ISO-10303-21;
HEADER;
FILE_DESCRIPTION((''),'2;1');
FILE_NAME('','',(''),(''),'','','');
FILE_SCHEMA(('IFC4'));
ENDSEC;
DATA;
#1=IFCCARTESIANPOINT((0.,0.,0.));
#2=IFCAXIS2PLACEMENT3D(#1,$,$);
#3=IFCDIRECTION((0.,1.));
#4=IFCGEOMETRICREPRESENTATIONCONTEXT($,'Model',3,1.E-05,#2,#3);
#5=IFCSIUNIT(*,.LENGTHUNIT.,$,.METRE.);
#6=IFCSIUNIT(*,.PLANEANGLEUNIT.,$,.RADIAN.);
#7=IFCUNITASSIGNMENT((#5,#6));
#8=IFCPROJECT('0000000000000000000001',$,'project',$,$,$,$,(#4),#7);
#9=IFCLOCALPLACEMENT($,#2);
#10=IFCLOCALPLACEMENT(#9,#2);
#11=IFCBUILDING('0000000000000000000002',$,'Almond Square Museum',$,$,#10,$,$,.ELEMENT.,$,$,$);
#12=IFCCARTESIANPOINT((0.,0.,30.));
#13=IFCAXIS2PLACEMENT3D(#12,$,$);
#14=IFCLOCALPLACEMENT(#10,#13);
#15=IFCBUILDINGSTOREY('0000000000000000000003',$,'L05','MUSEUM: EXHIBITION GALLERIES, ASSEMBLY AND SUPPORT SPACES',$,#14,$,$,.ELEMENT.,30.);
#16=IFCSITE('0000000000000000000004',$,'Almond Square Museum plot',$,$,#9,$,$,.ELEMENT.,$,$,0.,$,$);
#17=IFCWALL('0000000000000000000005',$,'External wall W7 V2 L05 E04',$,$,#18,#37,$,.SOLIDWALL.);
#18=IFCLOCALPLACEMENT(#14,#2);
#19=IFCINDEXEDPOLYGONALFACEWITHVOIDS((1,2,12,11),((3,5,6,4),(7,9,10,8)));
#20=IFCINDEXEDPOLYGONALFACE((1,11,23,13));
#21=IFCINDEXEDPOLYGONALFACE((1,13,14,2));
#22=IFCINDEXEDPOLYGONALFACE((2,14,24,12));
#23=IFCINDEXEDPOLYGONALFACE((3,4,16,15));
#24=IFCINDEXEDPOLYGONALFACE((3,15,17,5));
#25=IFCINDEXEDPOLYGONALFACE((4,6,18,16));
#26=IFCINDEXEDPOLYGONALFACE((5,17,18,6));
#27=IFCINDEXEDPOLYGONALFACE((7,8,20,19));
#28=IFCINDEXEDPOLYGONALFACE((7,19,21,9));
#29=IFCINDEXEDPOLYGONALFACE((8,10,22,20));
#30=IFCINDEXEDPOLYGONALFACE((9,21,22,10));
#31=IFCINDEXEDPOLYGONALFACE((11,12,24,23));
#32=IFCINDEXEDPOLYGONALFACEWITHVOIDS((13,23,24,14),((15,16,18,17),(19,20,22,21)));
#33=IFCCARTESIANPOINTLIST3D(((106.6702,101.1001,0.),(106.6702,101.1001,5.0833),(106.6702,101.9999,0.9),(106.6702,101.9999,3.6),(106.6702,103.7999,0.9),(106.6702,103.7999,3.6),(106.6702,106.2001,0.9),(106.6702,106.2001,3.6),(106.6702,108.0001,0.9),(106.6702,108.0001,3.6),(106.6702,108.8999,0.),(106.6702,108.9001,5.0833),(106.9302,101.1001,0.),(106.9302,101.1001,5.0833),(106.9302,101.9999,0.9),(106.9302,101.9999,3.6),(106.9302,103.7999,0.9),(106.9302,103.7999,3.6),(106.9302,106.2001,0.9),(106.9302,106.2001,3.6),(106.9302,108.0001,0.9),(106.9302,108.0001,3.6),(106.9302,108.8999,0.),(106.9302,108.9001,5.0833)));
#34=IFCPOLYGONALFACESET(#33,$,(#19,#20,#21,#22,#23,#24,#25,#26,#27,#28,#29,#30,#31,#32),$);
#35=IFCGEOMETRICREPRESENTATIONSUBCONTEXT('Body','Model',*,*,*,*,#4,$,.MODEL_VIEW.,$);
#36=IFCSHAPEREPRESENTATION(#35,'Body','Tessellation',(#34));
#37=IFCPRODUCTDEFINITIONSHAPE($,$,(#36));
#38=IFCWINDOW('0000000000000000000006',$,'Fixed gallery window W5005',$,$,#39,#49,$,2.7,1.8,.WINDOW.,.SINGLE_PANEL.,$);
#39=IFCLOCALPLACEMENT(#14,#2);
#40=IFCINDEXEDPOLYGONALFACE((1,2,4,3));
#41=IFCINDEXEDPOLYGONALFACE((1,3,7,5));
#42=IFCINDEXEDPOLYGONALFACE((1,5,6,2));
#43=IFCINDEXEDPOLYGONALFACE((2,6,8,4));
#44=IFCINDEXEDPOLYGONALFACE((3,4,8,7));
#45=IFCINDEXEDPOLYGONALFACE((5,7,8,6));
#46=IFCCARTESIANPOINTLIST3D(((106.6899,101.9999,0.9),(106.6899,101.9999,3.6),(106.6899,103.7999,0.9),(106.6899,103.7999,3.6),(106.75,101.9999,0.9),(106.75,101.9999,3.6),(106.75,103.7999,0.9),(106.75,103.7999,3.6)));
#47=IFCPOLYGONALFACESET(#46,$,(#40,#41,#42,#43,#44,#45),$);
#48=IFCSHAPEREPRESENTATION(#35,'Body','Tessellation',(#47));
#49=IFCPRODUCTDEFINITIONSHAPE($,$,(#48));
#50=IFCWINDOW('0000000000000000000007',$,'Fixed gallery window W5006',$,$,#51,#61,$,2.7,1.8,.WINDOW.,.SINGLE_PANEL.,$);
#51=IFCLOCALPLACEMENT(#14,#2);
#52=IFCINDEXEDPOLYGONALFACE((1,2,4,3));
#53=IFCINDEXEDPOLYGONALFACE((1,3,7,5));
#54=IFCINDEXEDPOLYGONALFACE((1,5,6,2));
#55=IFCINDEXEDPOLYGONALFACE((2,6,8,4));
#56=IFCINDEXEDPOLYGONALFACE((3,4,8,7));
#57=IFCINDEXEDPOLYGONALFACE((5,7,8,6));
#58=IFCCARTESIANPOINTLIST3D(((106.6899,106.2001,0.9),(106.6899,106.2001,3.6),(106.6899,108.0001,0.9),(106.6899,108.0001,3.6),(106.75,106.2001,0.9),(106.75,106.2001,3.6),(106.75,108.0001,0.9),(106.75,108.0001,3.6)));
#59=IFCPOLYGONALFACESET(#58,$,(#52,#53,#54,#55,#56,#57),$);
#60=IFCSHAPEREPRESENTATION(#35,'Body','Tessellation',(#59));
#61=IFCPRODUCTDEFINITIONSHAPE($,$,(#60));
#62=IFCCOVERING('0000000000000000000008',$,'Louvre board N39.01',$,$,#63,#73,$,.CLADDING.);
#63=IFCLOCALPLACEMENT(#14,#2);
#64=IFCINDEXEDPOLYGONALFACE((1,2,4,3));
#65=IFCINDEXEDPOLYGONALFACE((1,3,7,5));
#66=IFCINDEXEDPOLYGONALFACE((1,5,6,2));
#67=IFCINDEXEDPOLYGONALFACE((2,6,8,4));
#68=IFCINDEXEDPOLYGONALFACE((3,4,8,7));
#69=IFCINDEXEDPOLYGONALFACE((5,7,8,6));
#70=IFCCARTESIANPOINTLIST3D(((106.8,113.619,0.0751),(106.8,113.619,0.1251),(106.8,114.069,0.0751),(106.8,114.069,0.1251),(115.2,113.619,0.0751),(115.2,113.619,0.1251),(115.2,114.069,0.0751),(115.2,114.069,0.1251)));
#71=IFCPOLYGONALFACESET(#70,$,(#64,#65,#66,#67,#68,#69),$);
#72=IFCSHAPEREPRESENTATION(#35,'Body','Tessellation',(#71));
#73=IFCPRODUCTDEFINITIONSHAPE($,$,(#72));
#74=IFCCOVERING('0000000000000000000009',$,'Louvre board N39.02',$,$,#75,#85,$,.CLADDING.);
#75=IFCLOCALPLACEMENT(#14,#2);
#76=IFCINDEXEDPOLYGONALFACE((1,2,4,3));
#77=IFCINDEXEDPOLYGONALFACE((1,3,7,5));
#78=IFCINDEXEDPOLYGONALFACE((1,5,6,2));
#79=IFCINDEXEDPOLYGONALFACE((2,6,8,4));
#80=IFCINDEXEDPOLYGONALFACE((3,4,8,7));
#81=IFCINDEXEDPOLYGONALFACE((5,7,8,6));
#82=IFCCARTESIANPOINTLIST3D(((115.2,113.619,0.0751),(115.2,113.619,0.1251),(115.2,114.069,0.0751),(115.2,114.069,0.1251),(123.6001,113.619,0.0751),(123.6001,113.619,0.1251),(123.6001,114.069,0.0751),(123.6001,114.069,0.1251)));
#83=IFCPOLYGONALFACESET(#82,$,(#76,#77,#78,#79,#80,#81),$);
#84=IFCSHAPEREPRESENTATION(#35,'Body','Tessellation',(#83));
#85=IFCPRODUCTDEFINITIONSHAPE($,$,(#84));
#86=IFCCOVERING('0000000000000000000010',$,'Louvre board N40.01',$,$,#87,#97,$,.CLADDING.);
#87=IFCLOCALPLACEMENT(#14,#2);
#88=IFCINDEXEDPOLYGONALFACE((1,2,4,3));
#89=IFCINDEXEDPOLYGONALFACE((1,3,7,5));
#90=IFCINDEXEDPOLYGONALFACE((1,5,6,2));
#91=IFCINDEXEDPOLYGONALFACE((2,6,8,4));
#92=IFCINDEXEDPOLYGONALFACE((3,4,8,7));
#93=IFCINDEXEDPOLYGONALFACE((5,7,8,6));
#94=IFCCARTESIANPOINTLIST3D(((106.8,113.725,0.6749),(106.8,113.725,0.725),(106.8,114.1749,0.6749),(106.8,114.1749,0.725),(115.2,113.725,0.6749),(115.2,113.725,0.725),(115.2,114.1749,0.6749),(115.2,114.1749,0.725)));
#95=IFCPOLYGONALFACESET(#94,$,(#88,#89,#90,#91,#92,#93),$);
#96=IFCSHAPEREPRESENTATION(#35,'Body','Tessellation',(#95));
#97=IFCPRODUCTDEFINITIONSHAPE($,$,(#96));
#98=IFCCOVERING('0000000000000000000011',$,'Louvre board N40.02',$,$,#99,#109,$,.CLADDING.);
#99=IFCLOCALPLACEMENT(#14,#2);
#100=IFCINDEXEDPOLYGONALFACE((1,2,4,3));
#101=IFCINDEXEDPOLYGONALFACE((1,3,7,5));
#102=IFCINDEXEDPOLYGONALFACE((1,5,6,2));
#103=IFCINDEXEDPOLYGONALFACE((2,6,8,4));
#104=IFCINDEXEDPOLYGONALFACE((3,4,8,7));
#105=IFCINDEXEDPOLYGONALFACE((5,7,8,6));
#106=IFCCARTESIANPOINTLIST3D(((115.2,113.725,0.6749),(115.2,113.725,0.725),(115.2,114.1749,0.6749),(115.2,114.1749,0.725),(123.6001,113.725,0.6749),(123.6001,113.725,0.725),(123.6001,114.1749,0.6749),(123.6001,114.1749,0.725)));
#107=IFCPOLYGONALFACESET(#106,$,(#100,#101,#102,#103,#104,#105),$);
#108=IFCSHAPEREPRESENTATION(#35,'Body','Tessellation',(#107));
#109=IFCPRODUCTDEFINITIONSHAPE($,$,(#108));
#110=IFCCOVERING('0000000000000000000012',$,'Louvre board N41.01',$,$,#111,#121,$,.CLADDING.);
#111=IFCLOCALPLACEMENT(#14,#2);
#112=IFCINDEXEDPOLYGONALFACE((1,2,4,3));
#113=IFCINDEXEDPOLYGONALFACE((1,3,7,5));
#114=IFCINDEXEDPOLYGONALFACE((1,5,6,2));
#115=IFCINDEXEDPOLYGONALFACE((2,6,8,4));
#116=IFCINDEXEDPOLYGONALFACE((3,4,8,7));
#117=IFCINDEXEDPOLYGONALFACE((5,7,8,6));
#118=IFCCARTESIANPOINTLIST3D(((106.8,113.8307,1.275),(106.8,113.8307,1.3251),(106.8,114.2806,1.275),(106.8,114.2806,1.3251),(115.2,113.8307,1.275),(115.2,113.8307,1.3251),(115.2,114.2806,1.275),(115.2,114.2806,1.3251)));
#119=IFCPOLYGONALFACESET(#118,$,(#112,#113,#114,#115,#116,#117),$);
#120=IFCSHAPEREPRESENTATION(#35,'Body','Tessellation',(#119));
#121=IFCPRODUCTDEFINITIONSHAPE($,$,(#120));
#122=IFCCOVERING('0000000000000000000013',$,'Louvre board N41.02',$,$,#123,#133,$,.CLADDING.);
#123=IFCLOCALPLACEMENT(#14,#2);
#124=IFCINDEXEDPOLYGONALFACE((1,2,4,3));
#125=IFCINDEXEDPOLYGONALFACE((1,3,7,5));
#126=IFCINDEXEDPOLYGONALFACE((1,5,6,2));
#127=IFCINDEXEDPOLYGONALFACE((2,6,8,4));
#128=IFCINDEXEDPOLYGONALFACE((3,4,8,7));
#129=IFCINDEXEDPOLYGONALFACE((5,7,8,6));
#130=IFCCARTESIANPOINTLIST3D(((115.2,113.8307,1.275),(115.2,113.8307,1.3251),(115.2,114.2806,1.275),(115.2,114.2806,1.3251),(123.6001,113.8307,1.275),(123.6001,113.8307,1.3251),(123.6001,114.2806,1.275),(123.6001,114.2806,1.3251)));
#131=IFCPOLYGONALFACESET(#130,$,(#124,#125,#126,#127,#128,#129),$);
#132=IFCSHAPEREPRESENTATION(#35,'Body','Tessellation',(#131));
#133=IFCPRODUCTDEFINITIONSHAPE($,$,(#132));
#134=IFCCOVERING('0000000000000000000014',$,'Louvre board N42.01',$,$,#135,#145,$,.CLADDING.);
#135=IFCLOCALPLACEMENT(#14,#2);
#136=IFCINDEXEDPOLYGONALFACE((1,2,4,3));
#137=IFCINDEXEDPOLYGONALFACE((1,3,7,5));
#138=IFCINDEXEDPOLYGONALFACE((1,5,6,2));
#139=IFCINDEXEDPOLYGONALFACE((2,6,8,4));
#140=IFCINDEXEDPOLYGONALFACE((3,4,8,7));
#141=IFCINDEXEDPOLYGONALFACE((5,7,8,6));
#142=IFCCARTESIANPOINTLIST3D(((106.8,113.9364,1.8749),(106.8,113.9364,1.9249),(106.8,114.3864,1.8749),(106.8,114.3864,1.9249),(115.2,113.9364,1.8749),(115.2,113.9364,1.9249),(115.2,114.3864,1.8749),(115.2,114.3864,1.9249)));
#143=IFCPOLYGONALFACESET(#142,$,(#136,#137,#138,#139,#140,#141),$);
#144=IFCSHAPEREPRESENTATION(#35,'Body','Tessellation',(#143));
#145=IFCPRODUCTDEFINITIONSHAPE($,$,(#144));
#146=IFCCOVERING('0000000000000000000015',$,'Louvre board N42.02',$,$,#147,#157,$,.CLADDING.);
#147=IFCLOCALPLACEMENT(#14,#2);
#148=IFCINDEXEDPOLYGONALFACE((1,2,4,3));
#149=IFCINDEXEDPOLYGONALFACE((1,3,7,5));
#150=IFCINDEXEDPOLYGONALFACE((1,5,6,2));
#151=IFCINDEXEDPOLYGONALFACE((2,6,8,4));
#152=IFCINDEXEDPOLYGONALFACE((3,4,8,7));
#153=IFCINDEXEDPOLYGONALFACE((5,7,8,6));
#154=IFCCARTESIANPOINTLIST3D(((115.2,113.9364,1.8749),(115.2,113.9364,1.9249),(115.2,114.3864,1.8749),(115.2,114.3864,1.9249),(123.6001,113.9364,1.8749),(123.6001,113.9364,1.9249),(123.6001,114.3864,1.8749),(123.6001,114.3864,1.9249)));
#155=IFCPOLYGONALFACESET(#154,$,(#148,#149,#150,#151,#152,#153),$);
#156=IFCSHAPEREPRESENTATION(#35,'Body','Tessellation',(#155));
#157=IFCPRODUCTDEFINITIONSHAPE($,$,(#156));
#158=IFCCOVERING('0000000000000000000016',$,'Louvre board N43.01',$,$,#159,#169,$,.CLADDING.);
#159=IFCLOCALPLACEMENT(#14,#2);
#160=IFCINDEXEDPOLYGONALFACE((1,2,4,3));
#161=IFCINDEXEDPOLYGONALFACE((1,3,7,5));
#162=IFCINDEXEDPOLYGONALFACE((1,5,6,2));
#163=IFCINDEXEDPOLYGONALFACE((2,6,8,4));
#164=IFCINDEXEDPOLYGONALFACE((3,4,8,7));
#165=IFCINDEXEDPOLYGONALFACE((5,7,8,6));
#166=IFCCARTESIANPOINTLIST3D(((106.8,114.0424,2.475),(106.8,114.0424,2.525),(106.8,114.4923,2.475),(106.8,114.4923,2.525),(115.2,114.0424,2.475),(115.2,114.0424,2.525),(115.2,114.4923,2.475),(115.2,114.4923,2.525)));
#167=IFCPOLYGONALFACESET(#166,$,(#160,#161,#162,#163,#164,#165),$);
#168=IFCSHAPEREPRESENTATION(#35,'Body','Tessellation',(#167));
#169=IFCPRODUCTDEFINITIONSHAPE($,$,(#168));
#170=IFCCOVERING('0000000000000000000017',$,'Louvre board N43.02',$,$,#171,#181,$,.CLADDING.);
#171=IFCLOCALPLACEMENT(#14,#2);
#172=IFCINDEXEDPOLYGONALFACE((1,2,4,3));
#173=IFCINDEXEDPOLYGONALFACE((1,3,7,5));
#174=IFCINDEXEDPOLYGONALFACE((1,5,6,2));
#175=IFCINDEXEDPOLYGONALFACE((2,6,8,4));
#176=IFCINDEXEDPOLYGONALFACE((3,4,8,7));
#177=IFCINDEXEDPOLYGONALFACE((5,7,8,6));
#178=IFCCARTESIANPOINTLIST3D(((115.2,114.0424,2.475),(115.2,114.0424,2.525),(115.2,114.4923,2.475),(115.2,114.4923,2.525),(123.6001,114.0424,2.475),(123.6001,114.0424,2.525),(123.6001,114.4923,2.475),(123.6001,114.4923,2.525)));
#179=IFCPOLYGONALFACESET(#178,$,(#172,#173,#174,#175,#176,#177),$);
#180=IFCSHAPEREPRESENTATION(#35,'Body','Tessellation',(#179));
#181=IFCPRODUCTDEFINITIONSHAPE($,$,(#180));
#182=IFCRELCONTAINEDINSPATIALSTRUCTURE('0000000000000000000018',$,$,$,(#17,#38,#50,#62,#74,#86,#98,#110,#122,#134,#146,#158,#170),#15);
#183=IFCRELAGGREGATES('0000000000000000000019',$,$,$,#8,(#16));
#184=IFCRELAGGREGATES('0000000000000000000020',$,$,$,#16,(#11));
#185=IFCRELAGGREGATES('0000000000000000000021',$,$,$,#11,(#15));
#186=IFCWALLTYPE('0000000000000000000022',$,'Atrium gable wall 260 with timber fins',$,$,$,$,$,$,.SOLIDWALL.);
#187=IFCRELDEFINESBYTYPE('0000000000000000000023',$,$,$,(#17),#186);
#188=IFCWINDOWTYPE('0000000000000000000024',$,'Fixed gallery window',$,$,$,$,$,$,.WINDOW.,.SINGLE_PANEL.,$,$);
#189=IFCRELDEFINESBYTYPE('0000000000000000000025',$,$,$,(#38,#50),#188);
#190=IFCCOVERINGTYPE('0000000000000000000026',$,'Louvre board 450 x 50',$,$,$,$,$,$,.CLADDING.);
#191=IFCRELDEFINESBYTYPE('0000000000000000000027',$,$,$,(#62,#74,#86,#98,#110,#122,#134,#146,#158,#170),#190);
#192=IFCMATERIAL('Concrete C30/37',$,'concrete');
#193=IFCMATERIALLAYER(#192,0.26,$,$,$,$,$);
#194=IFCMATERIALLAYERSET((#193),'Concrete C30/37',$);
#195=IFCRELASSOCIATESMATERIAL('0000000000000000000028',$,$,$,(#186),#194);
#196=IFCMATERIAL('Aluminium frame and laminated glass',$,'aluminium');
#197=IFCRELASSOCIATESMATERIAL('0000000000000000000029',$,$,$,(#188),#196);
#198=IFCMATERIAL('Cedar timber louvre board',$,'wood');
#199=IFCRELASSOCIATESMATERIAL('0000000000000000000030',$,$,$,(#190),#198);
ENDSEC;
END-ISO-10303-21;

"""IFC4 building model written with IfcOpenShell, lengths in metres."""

from ifc_helpers import new_model, si_unit, direction, frame, frame_2d, origin, origin_2d, place, context, subcontext, project, spatial, polyline, rectangle, outline, extrude, material, layer, layer_set, material_profile, profile_set, type_object, element, fill, save


model = new_model("IFC4")

# Units and contexts
model_context = context("Model", 3, precision=1e-05, world=origin(), true_north=direction((0.0, 1.0)))
body_context = subcontext(model_context, "Body", "Model", "MODEL_VIEW")
ifc_project = project(units=[si_unit("LENGTHUNIT", "METRE"), si_unit("PLANEANGLEUNIT", "RADIAN")], contexts=[model_context])

# Site, building, storey
site_placement = place(None, origin())
site = spatial("IfcSite", under=ifc_project, at=site_placement, Name="Almond Square Museum plot", CompositionType="ELEMENT", RefElevation=0.0)
building_placement = place(site_placement, origin())
building = spatial("IfcBuilding", under=site, at=building_placement, Name="Almond Square Museum", CompositionType="ELEMENT")
storey_placement = place(building_placement, frame((0.0, 0.0, 30.0)))
storey = spatial("IfcBuildingStorey", under=building, at=storey_placement, Name="L05", Description="MUSEUM: EXHIBITION GALLERIES, ASSEMBLY AND SUPPORT SPACES", CompositionType="ELEMENT", Elevation=30.0)

# Wall, openings, windows
ifc_material_1 = material(Name="Concrete C30/37", Category="concrete")
ifc_layer = layer(ifc_material_1, 0.26)
ifc_layer_set = layer_set([ifc_layer], Name="Concrete C30/37")
wall_type = type_object("IfcWallType", Name="Atrium gable wall 260 with timber fins", PredefinedType="SOLIDWALL", material=ifc_layer_set)
wall_placement = place(storey_placement, frame((106.8, 101.1001, 0.0), z_axis=(0.0, 0.0, 1.0), x_axis=(0.0, 1.0, 0.0)))
wall = element("IfcWall", 1, at=wall_placement, inside=storey, type_object=wall_type, Name="External wall W7 V2 L05 E04", PredefinedType="SOLIDWALL", context=body_context, shape_type="SweptSolid", body=[
    extrude(outline(polyline([(0.0, 0.0), (7.7998, 0.0), (7.8, 5.0833), (0.0, 5.0833), (0.0, 0.0)])), frame((0.0, 0.1299, 0.0), z_axis=(0.0, -1.0, 0.0), x_axis=(1.0, 0.0, 0.0)), (0.0, 0.0, 1.0), 0.26),
])
opening_1_placement = place(wall_placement, frame((0.8999, 0.0, 0.8999)))
opening_1 = element("IfcOpeningElement", 2, at=opening_1_placement, cuts=wall, PredefinedType="OPENING", context=body_context, shape_type="SweptSolid", body=[
    extrude(rectangle(XDim=1.8, YDim=2.7, at=frame_2d((0.8999, 1.3501))), frame((0.0, 0.1399, 0.0), z_axis=(0.0, -1.0, 0.0), x_axis=(1.0, 0.0, 0.0)), (0.0, 0.0, 1.0), 0.28),
])
opening_2_placement = place(wall_placement, frame((5.1001, 0.0, 0.8999)))
opening_2 = element("IfcOpeningElement", 3, at=opening_2_placement, cuts=wall, PredefinedType="OPENING", context=body_context, shape_type="SweptSolid", body=[
    extrude(rectangle(XDim=1.8, YDim=2.7, at=frame_2d((0.8999, 1.3501))), frame((0.0, 0.1399, 0.0), z_axis=(0.0, -1.0, 0.0), x_axis=(1.0, 0.0, 0.0)), (0.0, 0.0, 1.0), 0.28),
])
ifc_material_2 = material(Name="Aluminium frame and laminated glass", Category="aluminium")
window_type = type_object("IfcWindowType", Name="Fixed gallery window", PartitioningType="SINGLE_PANEL", PredefinedType="WINDOW", material=ifc_material_2)
window_1_placement = place(opening_1_placement, origin())
window_1 = element("IfcWindow", 4, at=window_1_placement, inside=storey, type_object=window_type, Name="Fixed gallery window W5005", OverallHeight=2.7, OverallWidth=1.8, PartitioningType="SINGLE_PANEL", PredefinedType="WINDOW", context=body_context, shape_type="SweptSolid", body=[
    extrude(rectangle(XDim=1.8, YDim=2.7, at=frame_2d((0.8999, 1.3501))), frame((0.0, 0.1101, 0.0), z_axis=(0.0, -1.0, 0.0), x_axis=(1.0, 0.0, 0.0)), (0.0, 0.0, 1.0), 0.0601),
])
fill(opening_1, window_1)
window_2_placement = place(opening_2_placement, origin())
window_2 = element("IfcWindow", 5, at=window_2_placement, inside=storey, type_object=window_type, Name="Fixed gallery window W5006", OverallHeight=2.7, OverallWidth=1.8, PartitioningType="SINGLE_PANEL", PredefinedType="WINDOW", context=body_context, shape_type="SweptSolid", body=[
    extrude(rectangle(XDim=1.8, YDim=2.7, at=frame_2d((0.8999, 1.3501))), frame((0.0, 0.1101, 0.0), z_axis=(0.0, -1.0, 0.0), x_axis=(1.0, 0.0, 0.0)), (0.0, 0.0, 1.0), 0.0601),
])
fill(opening_2, window_2)

# Coverings
ifc_material_3 = material(Name="Cedar timber louvre board", Category="wood")
ifc_material_profile = material_profile(ifc_material_3, rectangle(XDim=0.45, YDim=0.05, at=origin_2d()))
ifc_profile_set = profile_set([ifc_material_profile], Name="Cedar timber louvre board")
covering_type = type_object("IfcCoveringType", Name="Louvre board 450 x 50", PredefinedType="CLADDING", material=ifc_profile_set)
covering_1_placement = place(storey_placement, frame((106.8, 113.844, 0.1001), z_axis=(1.0, 0.0, 0.0), x_axis=(0.0, 1.0, 0.0)))
element("IfcCovering", 6, at=covering_1_placement, inside=storey, type_object=covering_type, Name="Louvre board N39.01", PredefinedType="CLADDING", context=body_context, shape_type="SweptSolid", body=[
    extrude(rectangle(XDim=0.45, YDim=0.05, at=origin_2d()), origin(), (0.0, 0.0, 1.0), 8.3999),
])
covering_2_placement = place(storey_placement, frame((115.2, 113.844, 0.1001), z_axis=(1.0, 0.0, 0.0), x_axis=(0.0, 1.0, 0.0)))
element("IfcCovering", 7, at=covering_2_placement, inside=storey, type_object=covering_type, Name="Louvre board N39.02", PredefinedType="CLADDING", context=body_context, shape_type="SweptSolid", body=[
    extrude(rectangle(XDim=0.45, YDim=0.05, at=origin_2d()), origin(), (0.0, 0.0, 1.0), 8.4001),
])
covering_3_placement = place(storey_placement, frame((106.8, 113.95, 0.7), z_axis=(1.0, 0.0, 0.0), x_axis=(0.0, 1.0, 0.0)))
element("IfcCovering", 8, at=covering_3_placement, inside=storey, type_object=covering_type, Name="Louvre board N40.01", PredefinedType="CLADDING", context=body_context, shape_type="SweptSolid", body=[
    extrude(rectangle(XDim=0.45, YDim=0.05, at=origin_2d()), origin(), (0.0, 0.0, 1.0), 8.3999),
])
covering_4_placement = place(storey_placement, frame((115.2, 113.95, 0.7), z_axis=(1.0, 0.0, 0.0), x_axis=(0.0, 1.0, 0.0)))
element("IfcCovering", 9, at=covering_4_placement, inside=storey, type_object=covering_type, Name="Louvre board N40.02", PredefinedType="CLADDING", context=body_context, shape_type="SweptSolid", body=[
    extrude(rectangle(XDim=0.45, YDim=0.05, at=origin_2d()), origin(), (0.0, 0.0, 1.0), 8.4001),
])
covering_5_placement = place(storey_placement, frame((106.8, 114.0557, 1.3), z_axis=(1.0, 0.0, 0.0), x_axis=(0.0, 1.0, 0.0)))
element("IfcCovering", 10, at=covering_5_placement, inside=storey, type_object=covering_type, Name="Louvre board N41.01", PredefinedType="CLADDING", context=body_context, shape_type="SweptSolid", body=[
    extrude(rectangle(XDim=0.45, YDim=0.05, at=origin_2d()), origin(), (0.0, 0.0, 1.0), 8.3999),
])
covering_6_placement = place(storey_placement, frame((115.2, 114.0557, 1.3), z_axis=(1.0, 0.0, 0.0), x_axis=(0.0, 1.0, 0.0)))
element("IfcCovering", 11, at=covering_6_placement, inside=storey, type_object=covering_type, Name="Louvre board N41.02", PredefinedType="CLADDING", context=body_context, shape_type="SweptSolid", body=[
    extrude(rectangle(XDim=0.45, YDim=0.05, at=origin_2d()), origin(), (0.0, 0.0, 1.0), 8.4001),
])
covering_7_placement = place(storey_placement, frame((106.8, 114.1614, 1.8999), z_axis=(1.0, 0.0, 0.0), x_axis=(0.0, 1.0, 0.0)))
element("IfcCovering", 12, at=covering_7_placement, inside=storey, type_object=covering_type, Name="Louvre board N42.01", PredefinedType="CLADDING", context=body_context, shape_type="SweptSolid", body=[
    extrude(rectangle(XDim=0.45, YDim=0.05, at=origin_2d()), origin(), (0.0, 0.0, 1.0), 8.3999),
])
covering_8_placement = place(storey_placement, frame((115.2, 114.1614, 1.8999), z_axis=(1.0, 0.0, 0.0), x_axis=(0.0, 1.0, 0.0)))
element("IfcCovering", 13, at=covering_8_placement, inside=storey, type_object=covering_type, Name="Louvre board N42.02", PredefinedType="CLADDING", context=body_context, shape_type="SweptSolid", body=[
    extrude(rectangle(XDim=0.45, YDim=0.05, at=origin_2d()), origin(), (0.0, 0.0, 1.0), 8.4001),
])
covering_9_placement = place(storey_placement, frame((106.8, 114.2673, 2.5), z_axis=(1.0, 0.0, 0.0), x_axis=(0.0, 1.0, 0.0)))
element("IfcCovering", 14, at=covering_9_placement, inside=storey, type_object=covering_type, Name="Louvre board N43.01", PredefinedType="CLADDING", context=body_context, shape_type="SweptSolid", body=[
    extrude(rectangle(XDim=0.45, YDim=0.05, at=origin_2d()), origin(), (0.0, 0.0, 1.0), 8.3999),
])
covering_10_placement = place(storey_placement, frame((115.2, 114.2673, 2.5), z_axis=(1.0, 0.0, 0.0), x_axis=(0.0, 1.0, 0.0)))
element("IfcCovering", 15, at=covering_10_placement, inside=storey, type_object=covering_type, Name="Louvre board N43.02", PredefinedType="CLADDING", context=body_context, shape_type="SweptSolid", body=[
    extrude(rectangle(XDim=0.45, YDim=0.05, at=origin_2d()), origin(), (0.0, 0.0, 1.0), 8.4001),
])

save(model, "model.ifc")
